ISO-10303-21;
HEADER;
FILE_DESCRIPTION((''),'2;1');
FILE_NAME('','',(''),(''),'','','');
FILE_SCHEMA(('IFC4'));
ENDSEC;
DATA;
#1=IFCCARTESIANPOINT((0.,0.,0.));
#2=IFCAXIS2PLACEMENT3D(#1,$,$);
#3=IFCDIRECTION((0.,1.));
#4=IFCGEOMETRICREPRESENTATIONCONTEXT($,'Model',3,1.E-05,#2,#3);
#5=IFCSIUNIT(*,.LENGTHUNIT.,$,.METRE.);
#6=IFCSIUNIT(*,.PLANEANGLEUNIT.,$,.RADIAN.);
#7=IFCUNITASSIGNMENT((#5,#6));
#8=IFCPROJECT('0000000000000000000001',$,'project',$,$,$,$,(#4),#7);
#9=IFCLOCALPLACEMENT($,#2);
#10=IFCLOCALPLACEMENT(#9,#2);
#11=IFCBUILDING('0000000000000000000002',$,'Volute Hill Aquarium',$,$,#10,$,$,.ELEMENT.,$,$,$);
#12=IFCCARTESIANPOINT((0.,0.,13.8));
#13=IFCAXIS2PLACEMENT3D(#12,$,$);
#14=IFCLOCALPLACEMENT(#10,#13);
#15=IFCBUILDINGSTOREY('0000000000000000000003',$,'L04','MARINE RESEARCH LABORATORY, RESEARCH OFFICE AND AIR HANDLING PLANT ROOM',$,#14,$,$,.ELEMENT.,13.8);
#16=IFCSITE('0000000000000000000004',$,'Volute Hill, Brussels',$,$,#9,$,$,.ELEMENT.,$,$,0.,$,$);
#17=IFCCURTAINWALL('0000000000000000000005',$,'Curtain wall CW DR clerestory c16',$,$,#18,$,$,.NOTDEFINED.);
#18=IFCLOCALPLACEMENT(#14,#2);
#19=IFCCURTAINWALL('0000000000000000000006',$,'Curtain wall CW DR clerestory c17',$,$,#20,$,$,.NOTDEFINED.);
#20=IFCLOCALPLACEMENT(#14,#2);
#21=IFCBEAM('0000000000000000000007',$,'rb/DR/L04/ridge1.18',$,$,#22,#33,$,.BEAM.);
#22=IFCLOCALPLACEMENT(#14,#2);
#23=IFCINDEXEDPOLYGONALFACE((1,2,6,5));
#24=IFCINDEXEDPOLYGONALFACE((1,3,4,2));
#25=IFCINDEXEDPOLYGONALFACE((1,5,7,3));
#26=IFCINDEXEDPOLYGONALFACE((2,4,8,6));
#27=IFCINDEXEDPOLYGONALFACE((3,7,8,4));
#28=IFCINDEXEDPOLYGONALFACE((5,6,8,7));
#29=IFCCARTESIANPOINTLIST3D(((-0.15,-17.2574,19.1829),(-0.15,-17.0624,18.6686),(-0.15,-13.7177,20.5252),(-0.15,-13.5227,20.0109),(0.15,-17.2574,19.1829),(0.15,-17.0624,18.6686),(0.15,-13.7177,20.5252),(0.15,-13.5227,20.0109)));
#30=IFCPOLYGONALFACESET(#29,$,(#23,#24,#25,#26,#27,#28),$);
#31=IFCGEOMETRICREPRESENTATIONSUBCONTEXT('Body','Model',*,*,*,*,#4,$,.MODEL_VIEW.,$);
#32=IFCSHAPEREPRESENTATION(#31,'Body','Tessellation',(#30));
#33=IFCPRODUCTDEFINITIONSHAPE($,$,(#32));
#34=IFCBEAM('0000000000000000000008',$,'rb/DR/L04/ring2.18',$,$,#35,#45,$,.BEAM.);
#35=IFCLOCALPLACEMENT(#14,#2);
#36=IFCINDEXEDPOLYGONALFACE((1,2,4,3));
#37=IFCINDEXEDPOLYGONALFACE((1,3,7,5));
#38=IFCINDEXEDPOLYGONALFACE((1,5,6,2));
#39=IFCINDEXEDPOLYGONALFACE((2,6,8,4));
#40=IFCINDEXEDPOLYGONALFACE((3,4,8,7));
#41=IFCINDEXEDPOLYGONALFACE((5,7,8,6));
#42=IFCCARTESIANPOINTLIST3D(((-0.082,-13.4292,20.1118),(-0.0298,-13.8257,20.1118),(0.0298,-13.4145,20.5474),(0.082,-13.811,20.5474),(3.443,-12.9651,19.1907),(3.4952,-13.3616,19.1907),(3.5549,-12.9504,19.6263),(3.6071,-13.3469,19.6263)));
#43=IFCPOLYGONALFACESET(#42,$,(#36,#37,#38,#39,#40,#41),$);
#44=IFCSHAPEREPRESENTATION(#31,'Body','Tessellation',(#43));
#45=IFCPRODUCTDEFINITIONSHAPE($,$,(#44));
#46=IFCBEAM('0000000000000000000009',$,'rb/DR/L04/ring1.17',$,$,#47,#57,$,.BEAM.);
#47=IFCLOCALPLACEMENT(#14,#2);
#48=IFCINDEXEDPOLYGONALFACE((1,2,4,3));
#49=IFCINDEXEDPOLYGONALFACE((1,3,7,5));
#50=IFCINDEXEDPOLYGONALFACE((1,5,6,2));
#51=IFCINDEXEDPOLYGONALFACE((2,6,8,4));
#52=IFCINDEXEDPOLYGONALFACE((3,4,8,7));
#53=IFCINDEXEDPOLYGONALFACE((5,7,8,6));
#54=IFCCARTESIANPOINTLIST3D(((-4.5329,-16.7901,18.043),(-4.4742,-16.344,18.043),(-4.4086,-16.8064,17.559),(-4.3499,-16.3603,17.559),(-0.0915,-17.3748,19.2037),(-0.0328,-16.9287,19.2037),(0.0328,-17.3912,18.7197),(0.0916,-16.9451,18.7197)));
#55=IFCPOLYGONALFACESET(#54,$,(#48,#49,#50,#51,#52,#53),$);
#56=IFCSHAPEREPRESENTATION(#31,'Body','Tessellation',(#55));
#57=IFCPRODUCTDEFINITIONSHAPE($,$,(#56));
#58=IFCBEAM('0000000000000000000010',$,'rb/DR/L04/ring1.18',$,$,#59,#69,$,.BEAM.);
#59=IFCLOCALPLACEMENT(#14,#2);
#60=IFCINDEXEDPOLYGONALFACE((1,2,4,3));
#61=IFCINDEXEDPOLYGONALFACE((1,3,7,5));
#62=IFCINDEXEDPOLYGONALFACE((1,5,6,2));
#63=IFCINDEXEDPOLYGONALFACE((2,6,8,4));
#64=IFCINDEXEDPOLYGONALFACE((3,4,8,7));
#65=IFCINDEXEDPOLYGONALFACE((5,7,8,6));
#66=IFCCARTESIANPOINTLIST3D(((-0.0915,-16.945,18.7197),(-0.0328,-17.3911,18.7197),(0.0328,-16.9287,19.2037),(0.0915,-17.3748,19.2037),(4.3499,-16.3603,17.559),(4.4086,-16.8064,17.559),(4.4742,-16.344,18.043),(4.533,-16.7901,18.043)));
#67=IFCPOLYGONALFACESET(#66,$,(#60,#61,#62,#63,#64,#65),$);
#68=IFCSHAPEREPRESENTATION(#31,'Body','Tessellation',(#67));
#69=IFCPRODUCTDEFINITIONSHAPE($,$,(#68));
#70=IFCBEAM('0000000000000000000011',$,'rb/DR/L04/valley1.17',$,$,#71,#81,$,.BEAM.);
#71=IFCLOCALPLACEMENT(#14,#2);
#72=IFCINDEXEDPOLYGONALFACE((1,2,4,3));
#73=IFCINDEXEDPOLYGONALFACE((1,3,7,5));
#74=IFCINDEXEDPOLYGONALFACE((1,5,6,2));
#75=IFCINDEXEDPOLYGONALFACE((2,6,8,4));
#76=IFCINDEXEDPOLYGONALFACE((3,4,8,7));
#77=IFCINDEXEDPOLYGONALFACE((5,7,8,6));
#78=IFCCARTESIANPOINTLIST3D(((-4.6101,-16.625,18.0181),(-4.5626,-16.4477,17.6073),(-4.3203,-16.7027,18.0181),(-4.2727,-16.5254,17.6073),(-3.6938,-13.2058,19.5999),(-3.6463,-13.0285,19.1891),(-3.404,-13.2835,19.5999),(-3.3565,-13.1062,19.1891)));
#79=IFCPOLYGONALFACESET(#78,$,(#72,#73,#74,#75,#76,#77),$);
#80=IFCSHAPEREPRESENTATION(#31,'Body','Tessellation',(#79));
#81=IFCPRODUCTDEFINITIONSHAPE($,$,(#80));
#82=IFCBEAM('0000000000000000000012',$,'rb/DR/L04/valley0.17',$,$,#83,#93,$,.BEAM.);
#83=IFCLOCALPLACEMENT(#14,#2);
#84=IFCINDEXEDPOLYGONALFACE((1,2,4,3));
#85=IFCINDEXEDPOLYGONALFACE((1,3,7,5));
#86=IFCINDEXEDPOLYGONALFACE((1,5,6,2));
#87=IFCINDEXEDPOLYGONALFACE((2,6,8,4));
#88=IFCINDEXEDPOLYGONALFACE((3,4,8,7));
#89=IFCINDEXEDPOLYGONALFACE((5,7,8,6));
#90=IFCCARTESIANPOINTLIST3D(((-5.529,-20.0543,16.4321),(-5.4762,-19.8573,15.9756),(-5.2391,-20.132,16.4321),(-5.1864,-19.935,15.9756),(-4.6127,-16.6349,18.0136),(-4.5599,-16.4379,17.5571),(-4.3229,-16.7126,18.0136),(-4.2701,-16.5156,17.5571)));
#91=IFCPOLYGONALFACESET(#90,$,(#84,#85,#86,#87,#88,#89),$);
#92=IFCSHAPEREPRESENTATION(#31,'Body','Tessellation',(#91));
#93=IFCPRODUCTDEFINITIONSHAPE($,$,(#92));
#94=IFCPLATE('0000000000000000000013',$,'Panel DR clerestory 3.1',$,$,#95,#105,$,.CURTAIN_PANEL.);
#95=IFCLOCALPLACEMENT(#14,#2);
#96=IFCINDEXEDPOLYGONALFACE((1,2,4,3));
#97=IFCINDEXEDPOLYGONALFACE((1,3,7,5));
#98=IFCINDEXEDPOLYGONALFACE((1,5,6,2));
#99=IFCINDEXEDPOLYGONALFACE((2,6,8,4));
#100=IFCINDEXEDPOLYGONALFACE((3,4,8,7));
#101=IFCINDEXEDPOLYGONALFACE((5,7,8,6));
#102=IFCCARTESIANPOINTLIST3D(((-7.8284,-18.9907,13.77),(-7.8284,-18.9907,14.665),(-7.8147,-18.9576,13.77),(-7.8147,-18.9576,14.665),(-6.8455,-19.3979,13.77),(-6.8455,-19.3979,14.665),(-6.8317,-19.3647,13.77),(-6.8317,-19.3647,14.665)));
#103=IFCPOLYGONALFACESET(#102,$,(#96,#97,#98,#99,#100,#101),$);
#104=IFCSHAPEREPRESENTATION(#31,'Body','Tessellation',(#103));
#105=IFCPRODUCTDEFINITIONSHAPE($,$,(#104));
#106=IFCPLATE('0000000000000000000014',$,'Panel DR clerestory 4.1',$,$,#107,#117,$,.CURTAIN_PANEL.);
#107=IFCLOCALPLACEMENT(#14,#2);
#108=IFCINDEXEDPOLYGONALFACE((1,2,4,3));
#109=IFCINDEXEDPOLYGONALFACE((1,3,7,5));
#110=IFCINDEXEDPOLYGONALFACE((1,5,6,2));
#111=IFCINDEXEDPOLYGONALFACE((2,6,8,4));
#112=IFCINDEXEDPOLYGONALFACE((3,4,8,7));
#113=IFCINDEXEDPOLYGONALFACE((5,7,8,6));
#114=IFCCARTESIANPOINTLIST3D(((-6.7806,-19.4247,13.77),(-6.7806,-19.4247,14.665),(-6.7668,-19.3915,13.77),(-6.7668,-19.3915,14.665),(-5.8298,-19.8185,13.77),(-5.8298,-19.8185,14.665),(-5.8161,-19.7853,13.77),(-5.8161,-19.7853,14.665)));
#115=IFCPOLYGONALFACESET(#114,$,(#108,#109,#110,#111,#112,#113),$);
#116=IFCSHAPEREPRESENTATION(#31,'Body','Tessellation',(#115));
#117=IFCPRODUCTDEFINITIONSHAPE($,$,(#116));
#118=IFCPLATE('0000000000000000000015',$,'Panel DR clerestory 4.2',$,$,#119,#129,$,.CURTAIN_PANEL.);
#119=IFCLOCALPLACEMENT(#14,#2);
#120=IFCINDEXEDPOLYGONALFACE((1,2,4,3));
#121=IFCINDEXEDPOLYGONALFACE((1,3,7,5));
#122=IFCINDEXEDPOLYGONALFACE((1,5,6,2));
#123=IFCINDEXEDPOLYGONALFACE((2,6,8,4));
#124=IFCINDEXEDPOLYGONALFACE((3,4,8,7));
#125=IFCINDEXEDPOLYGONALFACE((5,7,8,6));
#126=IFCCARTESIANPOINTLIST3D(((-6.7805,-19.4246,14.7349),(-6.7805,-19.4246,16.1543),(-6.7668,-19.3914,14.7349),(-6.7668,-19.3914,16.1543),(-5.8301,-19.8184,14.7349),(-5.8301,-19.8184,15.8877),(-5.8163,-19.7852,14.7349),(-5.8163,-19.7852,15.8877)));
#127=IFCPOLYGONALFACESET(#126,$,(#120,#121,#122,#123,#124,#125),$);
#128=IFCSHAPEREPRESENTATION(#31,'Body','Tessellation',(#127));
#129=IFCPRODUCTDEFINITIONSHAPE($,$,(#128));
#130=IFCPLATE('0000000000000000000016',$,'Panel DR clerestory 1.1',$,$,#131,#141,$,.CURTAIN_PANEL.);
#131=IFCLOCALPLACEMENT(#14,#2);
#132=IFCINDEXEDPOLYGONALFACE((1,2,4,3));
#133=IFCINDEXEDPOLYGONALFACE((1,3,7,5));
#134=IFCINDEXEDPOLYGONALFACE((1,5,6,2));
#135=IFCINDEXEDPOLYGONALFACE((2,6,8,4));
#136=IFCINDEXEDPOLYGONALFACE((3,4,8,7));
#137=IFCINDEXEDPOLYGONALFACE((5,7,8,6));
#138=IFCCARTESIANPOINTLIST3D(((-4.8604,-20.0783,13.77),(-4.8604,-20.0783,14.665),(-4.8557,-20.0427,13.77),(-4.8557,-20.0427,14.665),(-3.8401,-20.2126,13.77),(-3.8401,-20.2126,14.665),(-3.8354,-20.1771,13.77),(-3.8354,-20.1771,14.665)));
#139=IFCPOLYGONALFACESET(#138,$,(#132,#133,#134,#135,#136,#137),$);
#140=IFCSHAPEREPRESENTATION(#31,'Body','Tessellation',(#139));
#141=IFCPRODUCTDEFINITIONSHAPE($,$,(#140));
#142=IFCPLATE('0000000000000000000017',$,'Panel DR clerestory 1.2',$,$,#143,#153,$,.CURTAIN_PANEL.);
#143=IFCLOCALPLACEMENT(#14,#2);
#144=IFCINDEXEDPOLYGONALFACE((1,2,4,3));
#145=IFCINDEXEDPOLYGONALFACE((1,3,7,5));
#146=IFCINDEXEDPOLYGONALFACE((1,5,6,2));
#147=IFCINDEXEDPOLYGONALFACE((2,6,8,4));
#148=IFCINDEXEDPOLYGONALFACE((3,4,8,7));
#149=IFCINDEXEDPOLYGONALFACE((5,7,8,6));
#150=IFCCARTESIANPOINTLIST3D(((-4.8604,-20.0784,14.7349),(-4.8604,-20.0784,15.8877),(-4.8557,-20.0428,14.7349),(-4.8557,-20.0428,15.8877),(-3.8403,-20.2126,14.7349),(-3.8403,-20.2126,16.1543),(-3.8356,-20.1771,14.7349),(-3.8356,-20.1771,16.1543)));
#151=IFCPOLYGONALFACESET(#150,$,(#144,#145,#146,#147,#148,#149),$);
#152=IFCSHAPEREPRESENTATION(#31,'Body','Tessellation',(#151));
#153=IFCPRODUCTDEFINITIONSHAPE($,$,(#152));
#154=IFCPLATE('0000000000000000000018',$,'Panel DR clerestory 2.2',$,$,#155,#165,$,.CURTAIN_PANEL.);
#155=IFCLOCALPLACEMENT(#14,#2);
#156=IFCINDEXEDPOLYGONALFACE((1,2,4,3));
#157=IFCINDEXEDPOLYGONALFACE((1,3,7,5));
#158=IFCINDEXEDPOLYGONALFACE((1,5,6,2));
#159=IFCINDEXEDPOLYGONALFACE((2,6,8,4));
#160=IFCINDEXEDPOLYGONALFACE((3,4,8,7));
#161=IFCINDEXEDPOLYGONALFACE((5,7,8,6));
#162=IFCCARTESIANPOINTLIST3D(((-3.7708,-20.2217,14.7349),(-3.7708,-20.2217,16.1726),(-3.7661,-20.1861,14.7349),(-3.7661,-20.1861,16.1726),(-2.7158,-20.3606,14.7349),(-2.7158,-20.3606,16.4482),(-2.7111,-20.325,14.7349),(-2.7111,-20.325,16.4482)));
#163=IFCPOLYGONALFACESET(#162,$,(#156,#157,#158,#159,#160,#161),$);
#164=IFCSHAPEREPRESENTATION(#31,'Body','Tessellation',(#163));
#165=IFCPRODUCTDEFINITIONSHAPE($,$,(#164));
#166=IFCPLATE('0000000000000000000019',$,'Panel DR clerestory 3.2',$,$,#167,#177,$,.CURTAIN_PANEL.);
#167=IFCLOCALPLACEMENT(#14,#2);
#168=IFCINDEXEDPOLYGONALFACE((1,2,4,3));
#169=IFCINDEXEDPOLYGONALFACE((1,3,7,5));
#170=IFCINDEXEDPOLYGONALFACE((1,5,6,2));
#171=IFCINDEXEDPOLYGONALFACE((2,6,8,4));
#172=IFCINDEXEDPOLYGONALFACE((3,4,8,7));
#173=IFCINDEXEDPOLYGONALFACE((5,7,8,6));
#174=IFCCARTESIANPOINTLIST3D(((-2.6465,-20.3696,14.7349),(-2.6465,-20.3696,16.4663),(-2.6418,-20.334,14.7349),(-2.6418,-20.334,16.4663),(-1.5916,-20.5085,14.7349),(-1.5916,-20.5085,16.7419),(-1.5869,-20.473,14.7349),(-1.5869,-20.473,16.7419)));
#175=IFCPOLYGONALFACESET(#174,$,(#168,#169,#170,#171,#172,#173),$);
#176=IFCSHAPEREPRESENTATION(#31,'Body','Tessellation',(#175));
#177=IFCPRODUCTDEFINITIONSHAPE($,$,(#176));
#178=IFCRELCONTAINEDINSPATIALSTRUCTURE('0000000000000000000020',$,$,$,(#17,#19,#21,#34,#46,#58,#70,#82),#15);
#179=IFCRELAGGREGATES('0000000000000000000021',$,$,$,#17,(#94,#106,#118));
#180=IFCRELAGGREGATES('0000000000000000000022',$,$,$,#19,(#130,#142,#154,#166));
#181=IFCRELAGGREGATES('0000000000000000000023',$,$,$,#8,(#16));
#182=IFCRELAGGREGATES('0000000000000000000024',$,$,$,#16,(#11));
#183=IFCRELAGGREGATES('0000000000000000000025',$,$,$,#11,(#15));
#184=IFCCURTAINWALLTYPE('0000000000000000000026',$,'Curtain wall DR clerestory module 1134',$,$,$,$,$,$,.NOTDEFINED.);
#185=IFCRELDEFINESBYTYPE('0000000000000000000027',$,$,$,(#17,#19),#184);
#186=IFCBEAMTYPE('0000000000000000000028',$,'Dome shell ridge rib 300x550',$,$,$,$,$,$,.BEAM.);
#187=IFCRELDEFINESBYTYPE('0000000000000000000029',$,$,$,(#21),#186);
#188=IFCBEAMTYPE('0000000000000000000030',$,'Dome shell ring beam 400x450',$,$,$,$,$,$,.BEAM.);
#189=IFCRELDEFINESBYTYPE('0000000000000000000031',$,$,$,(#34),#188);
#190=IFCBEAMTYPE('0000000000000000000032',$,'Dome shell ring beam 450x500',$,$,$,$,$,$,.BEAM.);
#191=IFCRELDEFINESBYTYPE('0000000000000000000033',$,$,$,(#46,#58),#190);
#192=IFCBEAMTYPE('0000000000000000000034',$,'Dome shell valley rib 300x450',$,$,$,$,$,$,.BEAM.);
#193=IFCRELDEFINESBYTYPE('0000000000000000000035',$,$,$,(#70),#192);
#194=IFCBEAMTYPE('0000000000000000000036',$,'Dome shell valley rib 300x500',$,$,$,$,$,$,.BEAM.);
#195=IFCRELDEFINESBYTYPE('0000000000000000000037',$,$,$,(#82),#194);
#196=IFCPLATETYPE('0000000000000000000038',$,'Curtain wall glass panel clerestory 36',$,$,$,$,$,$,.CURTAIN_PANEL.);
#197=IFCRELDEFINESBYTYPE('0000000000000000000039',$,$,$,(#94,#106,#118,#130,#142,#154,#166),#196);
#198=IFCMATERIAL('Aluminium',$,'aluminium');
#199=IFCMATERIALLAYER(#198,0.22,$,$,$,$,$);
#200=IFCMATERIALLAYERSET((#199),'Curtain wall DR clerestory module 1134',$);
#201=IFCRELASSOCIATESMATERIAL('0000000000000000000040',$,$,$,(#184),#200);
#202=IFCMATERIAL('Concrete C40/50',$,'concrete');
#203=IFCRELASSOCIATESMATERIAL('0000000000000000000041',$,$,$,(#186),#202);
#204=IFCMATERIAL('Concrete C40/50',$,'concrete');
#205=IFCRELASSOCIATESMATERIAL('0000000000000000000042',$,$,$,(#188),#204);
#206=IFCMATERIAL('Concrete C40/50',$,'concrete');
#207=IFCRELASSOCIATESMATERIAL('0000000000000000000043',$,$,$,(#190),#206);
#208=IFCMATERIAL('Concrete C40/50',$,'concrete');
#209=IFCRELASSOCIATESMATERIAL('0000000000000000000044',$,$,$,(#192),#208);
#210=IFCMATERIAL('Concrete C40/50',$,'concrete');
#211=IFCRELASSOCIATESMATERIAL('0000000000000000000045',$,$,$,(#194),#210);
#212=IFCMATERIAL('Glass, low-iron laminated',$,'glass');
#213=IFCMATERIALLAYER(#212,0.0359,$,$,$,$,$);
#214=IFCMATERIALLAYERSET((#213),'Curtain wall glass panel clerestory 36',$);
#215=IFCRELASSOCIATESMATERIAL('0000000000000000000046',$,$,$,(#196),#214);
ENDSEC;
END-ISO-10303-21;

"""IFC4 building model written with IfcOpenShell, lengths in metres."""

from ifc_helpers import new_model, si_unit, direction, frame, origin, origin_2d, place, context, subcontext, project, spatial, polyline, rectangle, outline, extrude, material, layer, layer_set, material_profile, profile_set, type_object, element, aggregate, save


model = new_model("IFC4")

# Units and contexts
model_context = context("Model", 3, precision=1e-05, world=origin(), true_north=direction((0.0, 1.0)))
body_context = subcontext(model_context, "Body", "Model", "MODEL_VIEW")
ifc_project = project(units=[si_unit("LENGTHUNIT", "METRE"), si_unit("PLANEANGLEUNIT", "RADIAN")], contexts=[model_context])

# Site, building, storey
site_placement = place(None, origin())
site = spatial("IfcSite", under=ifc_project, at=site_placement, Name="Volute Hill, Brussels", CompositionType="ELEMENT", RefElevation=0.0)
building_placement = place(site_placement, origin())
building = spatial("IfcBuilding", under=site, at=building_placement, Name="Volute Hill Aquarium", CompositionType="ELEMENT")
storey_placement = place(building_placement, frame((0.0, 0.0, 13.8)))
storey = spatial("IfcBuildingStorey", under=building, at=storey_placement, Name="L04", Description="MARINE RESEARCH LABORATORY, RESEARCH OFFICE AND AIR HANDLING PLANT ROOM", CompositionType="ELEMENT", Elevation=13.8)

# Curtain walls
ifc_material_1 = material(Name="Aluminium", Category="aluminium")
ifc_layer_1 = layer(ifc_material_1, 0.22)
ifc_layer_set_1 = layer_set([ifc_layer_1], Name="Curtain wall DR clerestory module 1134")
curtain_wall_type = type_object("IfcCurtainWallType", Name="Curtain wall DR clerestory module 1134", PredefinedType="NOTDEFINED", material=ifc_layer_set_1)
curtain_wall_1_placement = place(storey_placement, origin())
curtain_wall_1 = element("IfcCurtainWall", 1, at=curtain_wall_1_placement, inside=storey, type_object=curtain_wall_type, Name="Curtain wall CW DR clerestory c16", PredefinedType="NOTDEFINED")
curtain_wall_2_placement = place(storey_placement, origin())
curtain_wall_2 = element("IfcCurtainWall", 2, at=curtain_wall_2_placement, inside=storey, type_object=curtain_wall_type, Name="Curtain wall CW DR clerestory c17", PredefinedType="NOTDEFINED")

# Beams
ifc_material_2 = material(Name="Concrete C40/50", Category="concrete")
ifc_material_profile_1 = material_profile(ifc_material_2, rectangle(XDim=0.3, YDim=0.55, at=origin_2d()), Name="RC rib 300x550")
ifc_profile_set_1 = profile_set([ifc_material_profile_1], Name="Concrete C40/50")
beam_type_1 = type_object("IfcBeamType", Name="Dome shell ridge rib 300x550", PredefinedType="BEAM", material=ifc_profile_set_1)
beam_1_placement = place(storey_placement, frame((0.0, -17.1599, 18.9258), z_axis=(0.0, 0.935032, 0.354563), x_axis=(-1.0, 0.0, 0.0)))
element("IfcBeam", 3, at=beam_1_placement, inside=storey, type_object=beam_type_1, Name="rb/DR/L04/ridge1.18", PredefinedType="BEAM", context=body_context, shape_type="SweptSolid", body=[
    extrude(rectangle(XDim=0.3, YDim=0.55, at=origin_2d()), origin(), (0.0, 0.0, 1.0), 3.7856),
])
ifc_material_3 = material(Name="Concrete C40/50", Category="concrete")
ifc_material_profile_2 = material_profile(ifc_material_3, rectangle(XDim=0.3999, YDim=0.45, at=origin_2d()), Name="RC beam 400x450")
ifc_profile_set_2 = profile_set([ifc_material_profile_2], Name="Concrete C40/50")
beam_type_2 = type_object("IfcBeamType", Name="Dome shell ring beam 400x450", PredefinedType="BEAM", material=ifc_profile_set_2)
beam_2_placement = place(storey_placement, frame((0.0, -13.6201, 20.3296), z_axis=(0.959759, 0.126359, -0.250791), x_axis=(-0.130531, 0.991444, 0.0)))
element("IfcBeam", 4, at=beam_2_placement, inside=storey, type_object=beam_type_2, Name="rb/DR/L04/ring2.18", PredefinedType="BEAM", context=body_context, shape_type="SweptSolid", body=[
    extrude(rectangle(XDim=0.3999, YDim=0.45, at=origin_2d()), origin(), (0.0, 0.0, 1.0), 3.6729),
])
ifc_material_4 = material(Name="Concrete C40/50", Category="concrete")
ifc_material_profile_3 = material_profile(ifc_material_4, rectangle(XDim=0.45, YDim=0.5, at=origin_2d()), Name="RC beam 450x500")
ifc_profile_set_3 = profile_set([ifc_material_profile_3], Name="Concrete C40/50")
beam_type_3 = type_object("IfcBeamType", Name="Dome shell ring beam 450x500", PredefinedType="BEAM", material=ifc_profile_set_3)
for number, where, z_axis, x_axis, name in (
    (5, (-4.4414, -16.5752, 17.801), (0.959756, -0.126353, 0.250807), (0.130525, 0.991445, 0.0), "rb/DR/L04/ring1.17"),
    (6, (0.0, -17.1599, 18.9617), (0.959756, 0.126353, -0.250807), (-0.130525, 0.991445, 0.0), "rb/DR/L04/ring1.18"),
):
    element("IfcBeam", number, at=place(storey_placement, frame(where, z_axis=z_axis, x_axis=x_axis)), inside=storey, type_object=beam_type_3, Name=name, PredefinedType="BEAM", context=body_context, shape_type="SweptSolid", body=[
        extrude(rectangle(XDim=0.45, YDim=0.5, at=origin_2d()), origin(), (0.0, 0.0, 1.0), 4.6277),
    ])
ifc_material_5 = material(Name="Concrete C40/50", Category="concrete")
ifc_material_profile_4 = material_profile(ifc_material_5, rectangle(XDim=0.3, YDim=0.45, at=origin_2d()), Name="RC rib 300x450")
ifc_profile_set_4 = profile_set([ifc_material_profile_4], Name="Concrete C40/50")
beam_type_4 = type_object("IfcBeamType", Name="Dome shell valley rib 300x450", PredefinedType="BEAM", material=ifc_profile_set_4)
beam_3_placement = place(storey_placement, frame((-4.4414, -16.5752, 17.8127), z_axis=(0.236322, 0.881878, 0.407975), x_axis=(-0.965919, 0.258843, 0.0)))
element("IfcBeam", 7, at=beam_3_placement, inside=storey, type_object=beam_type_4, Name="rb/DR/L04/valley1.17", PredefinedType="BEAM", context=body_context, shape_type="SweptSolid", body=[
    extrude(rectangle(XDim=0.3, YDim=0.45, at=origin_2d()), origin(), (0.0, 0.0, 1.0), 3.8772),
])
ifc_material_6 = material(Name="Concrete C40/50", Category="concrete")
ifc_material_profile_5 = material_profile(ifc_material_6, rectangle(XDim=0.3, YDim=0.5, at=origin_2d()), Name="RC rib 300x500")
ifc_profile_set_5 = profile_set([ifc_material_profile_5], Name="Concrete C40/50")
beam_type_5 = type_object("IfcBeamType", Name="Dome shell valley rib 300x500", PredefinedType="BEAM", material=ifc_profile_set_5)
beam_4_placement = place(storey_placement, frame((-5.3577, -19.9946, 16.2039), z_axis=(0.236315, 0.881915, 0.4079), x_axis=(-0.965924, 0.258826, 0.0)))
element("IfcBeam", 8, at=beam_4_placement, inside=storey, type_object=beam_type_5, Name="rb/DR/L04/valley0.17", PredefinedType="BEAM", context=body_context, shape_type="SweptSolid", body=[
    extrude(rectangle(XDim=0.3, YDim=0.5, at=origin_2d()), origin(), (0.0, 0.0, 1.0), 3.8772),
])

# Plates
ifc_material_7 = material(Name="Glass, low-iron laminated", Category="glass")
ifc_layer_2 = layer(ifc_material_7, 0.0359)
ifc_layer_set_2 = layer_set([ifc_layer_2], Name="Curtain wall glass panel clerestory 36")
plate_type = type_object("IfcPlateType", Name="Curtain wall glass panel clerestory 36", PredefinedType="CURTAIN_PANEL", material=ifc_layer_set_2)
plate_1_placement = place(storey_placement, frame((-7.3301, -19.1777, 13.77), z_axis=(0.0, 0.0, 1.0), x_axis=(0.923874, -0.382696, 0.0)))
plate_1 = element("IfcPlate", 9, at=plate_1_placement, type_object=plate_type, Name="Panel DR clerestory 3.1", PredefinedType="CURTAIN_PANEL", context=body_context, shape_type="SweptSolid", body=[
    extrude(rectangle(XDim=1.064, YDim=0.0359, at=origin_2d()), origin(), (0.0, 0.0, 1.0), 0.895),
])
plate_2_placement = place(storey_placement, frame((-6.2983, -19.605, 13.77), z_axis=(0.0, 0.0, 1.0), x_axis=(0.923874, -0.382696, 0.0)))
plate_2 = element("IfcPlate", 10, at=plate_2_placement, type_object=plate_type, Name="Panel DR clerestory 4.1", PredefinedType="CURTAIN_PANEL", context=body_context, shape_type="SweptSolid", body=[
    extrude(rectangle(XDim=1.0291, YDim=0.0359, at=origin_2d()), origin(), (0.0, 0.0, 1.0), 0.895),
])
plate_3_placement = place(storey_placement, frame((-6.7805, -19.4246, 14.7349), z_axis=(-0.382778, -0.92384, 0.0), x_axis=(0.92384, -0.382778, 0.0)))
plate_3 = element("IfcPlate", 11, at=plate_3_placement, type_object=plate_type, Name="Panel DR clerestory 4.2", PredefinedType="CURTAIN_PANEL", context=body_context, shape_type="SweptSolid", body=[
    extrude(outline(polyline([(0.0, 0.0), (1.0288, 0.0), (1.0288, 1.1528), (0.0, 1.4194), (0.0, 0.0)])), origin(), (0.0, 0.0, -1.0), 0.0359),
])
aggregate(curtain_wall_1, [plate_1, plate_2, plate_3])
plate_4_placement = place(storey_placement, frame((-4.3479, -20.1277, 13.77), z_axis=(0.0, 0.0, 1.0), x_axis=(0.991446, -0.130519, 0.0)))
plate_4 = element("IfcPlate", 12, at=plate_4_placement, type_object=plate_type, Name="Panel DR clerestory 1.1", PredefinedType="CURTAIN_PANEL", context=body_context, shape_type="SweptSolid", body=[
    extrude(rectangle(XDim=1.0291, YDim=0.0359, at=origin_2d()), origin(), (0.0, 0.0, 1.0), 0.895),
])
plate_5_placement = place(storey_placement, frame((-4.8604, -20.0784, 14.7349), z_axis=(-0.130516, -0.991446, 0.0), x_axis=(0.991446, -0.130516, 0.0)))
plate_5 = element("IfcPlate", 13, at=plate_5_placement, type_object=plate_type, Name="Panel DR clerestory 1.2", PredefinedType="CURTAIN_PANEL", context=body_context, shape_type="SweptSolid", body=[
    extrude(outline(polyline([(0.0, 0.0), (1.0288, 0.0), (1.0288, 1.4194), (0.0, 1.1528), (0.0, 0.0)])), origin(), (0.0, 0.0, -1.0), 0.0359),
])
plate_6_placement = place(storey_placement, frame((-3.7708, -20.2217, 14.7349), z_axis=(-0.130555, -0.991441, 0.0), x_axis=(0.991441, -0.130555, 0.0)))
plate_6 = element("IfcPlate", 14, at=plate_6_placement, type_object=plate_type, Name="Panel DR clerestory 2.2", PredefinedType="CURTAIN_PANEL", context=body_context, shape_type="SweptSolid", body=[
    extrude(outline(polyline([(0.0, 0.0), (1.064, 0.0), (1.064, 1.7134), (0.0, 1.4377), (0.0, 0.0)])), origin(), (0.0, 0.0, -1.0), 0.0359),
])
plate_7_placement = place(storey_placement, frame((-2.6465, -20.3696, 14.7349), z_axis=(-0.130555, -0.991441, 0.0), x_axis=(0.991441, -0.130555, 0.0)))
plate_7 = element("IfcPlate", 15, at=plate_7_placement, type_object=plate_type, Name="Panel DR clerestory 3.2", PredefinedType="CURTAIN_PANEL", context=body_context, shape_type="SweptSolid", body=[
    extrude(outline(polyline([(0.0, 0.0), (1.064, 0.0), (1.064, 2.0071), (0.0, 1.7314), (0.0, 0.0)])), origin(), (0.0, 0.0, -1.0), 0.0359),
])
aggregate(curtain_wall_2, [plate_4, plate_5, plate_6, plate_7])

save(model, "model.ifc")
